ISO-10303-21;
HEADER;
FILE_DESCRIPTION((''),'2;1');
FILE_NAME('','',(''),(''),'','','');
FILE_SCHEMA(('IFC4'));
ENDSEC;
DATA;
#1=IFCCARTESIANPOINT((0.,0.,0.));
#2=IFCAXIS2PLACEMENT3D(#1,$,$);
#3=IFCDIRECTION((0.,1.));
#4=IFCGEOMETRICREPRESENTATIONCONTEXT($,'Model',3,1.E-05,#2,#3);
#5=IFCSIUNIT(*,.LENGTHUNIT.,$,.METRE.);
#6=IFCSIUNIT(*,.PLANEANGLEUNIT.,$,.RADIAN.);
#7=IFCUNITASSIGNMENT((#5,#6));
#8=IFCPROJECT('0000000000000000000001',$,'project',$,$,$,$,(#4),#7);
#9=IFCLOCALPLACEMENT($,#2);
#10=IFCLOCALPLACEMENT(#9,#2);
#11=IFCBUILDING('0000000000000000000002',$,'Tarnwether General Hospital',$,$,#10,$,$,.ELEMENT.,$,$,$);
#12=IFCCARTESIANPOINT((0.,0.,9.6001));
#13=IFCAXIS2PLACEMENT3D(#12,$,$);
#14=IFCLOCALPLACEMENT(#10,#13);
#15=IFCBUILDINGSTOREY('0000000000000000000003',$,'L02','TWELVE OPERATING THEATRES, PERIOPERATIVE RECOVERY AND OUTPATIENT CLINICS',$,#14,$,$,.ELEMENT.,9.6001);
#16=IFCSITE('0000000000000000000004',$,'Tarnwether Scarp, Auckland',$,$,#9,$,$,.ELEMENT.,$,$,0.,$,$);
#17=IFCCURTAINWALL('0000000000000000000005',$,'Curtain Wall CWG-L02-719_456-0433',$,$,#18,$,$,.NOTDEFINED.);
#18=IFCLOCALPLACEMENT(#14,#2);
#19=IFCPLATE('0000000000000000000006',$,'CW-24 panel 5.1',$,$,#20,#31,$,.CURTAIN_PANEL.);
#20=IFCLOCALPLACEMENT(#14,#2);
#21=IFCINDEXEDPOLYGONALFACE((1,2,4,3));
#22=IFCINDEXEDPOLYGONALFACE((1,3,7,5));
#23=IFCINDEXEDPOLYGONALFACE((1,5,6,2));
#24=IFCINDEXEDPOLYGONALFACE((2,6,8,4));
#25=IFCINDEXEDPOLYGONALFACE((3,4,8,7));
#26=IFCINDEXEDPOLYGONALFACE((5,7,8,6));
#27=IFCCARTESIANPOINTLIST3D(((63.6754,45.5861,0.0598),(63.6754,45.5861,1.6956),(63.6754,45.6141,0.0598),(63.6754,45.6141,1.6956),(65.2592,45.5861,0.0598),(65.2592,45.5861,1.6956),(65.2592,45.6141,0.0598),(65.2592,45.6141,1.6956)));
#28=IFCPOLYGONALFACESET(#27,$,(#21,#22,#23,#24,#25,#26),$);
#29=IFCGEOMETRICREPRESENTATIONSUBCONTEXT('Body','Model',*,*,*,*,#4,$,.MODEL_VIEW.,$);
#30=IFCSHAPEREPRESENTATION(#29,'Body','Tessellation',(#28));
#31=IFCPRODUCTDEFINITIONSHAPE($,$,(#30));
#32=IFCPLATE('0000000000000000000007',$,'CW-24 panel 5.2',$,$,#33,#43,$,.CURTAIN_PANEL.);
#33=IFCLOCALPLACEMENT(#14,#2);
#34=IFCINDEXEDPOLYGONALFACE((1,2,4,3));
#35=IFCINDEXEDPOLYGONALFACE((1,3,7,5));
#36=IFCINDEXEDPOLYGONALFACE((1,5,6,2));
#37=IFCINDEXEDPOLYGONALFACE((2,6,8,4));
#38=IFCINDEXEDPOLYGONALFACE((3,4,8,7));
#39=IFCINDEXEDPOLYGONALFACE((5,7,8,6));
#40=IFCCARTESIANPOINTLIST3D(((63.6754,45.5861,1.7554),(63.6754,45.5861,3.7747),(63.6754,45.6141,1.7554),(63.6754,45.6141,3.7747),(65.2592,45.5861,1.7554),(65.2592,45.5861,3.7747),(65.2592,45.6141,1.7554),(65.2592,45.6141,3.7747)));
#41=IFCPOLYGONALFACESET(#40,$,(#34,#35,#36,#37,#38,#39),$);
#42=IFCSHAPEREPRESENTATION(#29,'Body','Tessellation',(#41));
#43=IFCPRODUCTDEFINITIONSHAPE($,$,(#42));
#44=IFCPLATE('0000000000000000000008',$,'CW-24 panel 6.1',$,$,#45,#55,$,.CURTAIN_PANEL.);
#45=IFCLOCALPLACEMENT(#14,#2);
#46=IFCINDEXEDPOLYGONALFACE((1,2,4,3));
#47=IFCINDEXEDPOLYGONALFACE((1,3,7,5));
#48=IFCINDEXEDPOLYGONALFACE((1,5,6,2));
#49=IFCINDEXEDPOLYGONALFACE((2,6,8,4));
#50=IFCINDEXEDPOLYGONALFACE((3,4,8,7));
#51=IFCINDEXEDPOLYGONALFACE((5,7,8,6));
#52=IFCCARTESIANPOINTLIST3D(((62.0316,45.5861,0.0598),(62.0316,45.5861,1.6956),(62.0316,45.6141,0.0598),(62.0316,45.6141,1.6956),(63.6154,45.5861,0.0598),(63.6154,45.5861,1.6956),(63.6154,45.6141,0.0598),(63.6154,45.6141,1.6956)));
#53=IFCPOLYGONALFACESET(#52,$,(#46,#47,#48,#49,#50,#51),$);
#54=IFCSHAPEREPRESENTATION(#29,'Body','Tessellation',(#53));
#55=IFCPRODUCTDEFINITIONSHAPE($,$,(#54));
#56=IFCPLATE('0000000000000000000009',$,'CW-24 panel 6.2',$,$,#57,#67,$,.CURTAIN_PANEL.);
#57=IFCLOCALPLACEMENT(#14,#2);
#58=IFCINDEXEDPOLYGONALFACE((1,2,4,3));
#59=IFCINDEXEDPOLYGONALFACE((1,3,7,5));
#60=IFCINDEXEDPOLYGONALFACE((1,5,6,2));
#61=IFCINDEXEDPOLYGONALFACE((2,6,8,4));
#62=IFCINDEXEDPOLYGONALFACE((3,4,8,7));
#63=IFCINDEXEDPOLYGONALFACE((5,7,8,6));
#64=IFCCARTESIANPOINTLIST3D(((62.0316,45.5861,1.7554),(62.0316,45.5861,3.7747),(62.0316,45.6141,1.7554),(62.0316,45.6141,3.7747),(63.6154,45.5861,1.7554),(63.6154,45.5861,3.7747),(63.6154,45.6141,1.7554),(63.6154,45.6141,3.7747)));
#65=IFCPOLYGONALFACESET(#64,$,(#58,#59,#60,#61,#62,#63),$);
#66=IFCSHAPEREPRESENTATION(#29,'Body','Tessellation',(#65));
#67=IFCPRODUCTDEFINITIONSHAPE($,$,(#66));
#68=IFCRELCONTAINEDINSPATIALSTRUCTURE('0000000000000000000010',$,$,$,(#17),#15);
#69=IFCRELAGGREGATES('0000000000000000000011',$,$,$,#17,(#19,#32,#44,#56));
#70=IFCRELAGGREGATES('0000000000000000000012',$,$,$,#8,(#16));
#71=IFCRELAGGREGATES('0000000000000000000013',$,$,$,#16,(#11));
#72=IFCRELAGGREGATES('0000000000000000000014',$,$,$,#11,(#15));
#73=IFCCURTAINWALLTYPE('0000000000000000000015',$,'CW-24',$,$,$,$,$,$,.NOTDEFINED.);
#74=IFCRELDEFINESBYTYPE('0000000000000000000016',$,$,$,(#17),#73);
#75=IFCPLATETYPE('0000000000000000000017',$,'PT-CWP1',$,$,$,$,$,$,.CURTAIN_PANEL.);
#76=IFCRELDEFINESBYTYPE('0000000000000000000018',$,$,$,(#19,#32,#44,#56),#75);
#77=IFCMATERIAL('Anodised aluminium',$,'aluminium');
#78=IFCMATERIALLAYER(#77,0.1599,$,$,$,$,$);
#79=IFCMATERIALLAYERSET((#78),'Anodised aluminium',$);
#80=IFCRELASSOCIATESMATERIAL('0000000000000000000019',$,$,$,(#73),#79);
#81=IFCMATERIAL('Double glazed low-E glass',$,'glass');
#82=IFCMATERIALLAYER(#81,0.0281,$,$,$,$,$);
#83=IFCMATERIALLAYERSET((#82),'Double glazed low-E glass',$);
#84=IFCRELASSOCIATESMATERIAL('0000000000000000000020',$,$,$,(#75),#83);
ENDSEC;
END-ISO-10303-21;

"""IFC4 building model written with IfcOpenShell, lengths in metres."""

from ifc_helpers import new_model, si_unit, direction, frame, origin, origin_2d, place, context, subcontext, project, spatial, rectangle, extrude, material, layer, layer_set, type_object, element, aggregate, save


model = new_model("IFC4")

# Units and contexts
model_context = context("Model", 3, precision=1e-05, world=origin(), true_north=direction((0.0, 1.0)))
body_context = subcontext(model_context, "Body", "Model", "MODEL_VIEW")
ifc_project = project(units=[si_unit("LENGTHUNIT", "METRE"), si_unit("PLANEANGLEUNIT", "RADIAN")], contexts=[model_context])

# Site, building, storey
site_placement = place(None, origin())
site = spatial("IfcSite", under=ifc_project, at=site_placement, Name="Tarnwether Scarp, Auckland", CompositionType="ELEMENT", RefElevation=0.0)
building_placement = place(site_placement, origin())
building = spatial("IfcBuilding", under=site, at=building_placement, Name="Tarnwether General Hospital", CompositionType="ELEMENT")
storey_placement = place(building_placement, frame((0.0, 0.0, 9.6001)))
storey = spatial("IfcBuildingStorey", under=building, at=storey_placement, Name="L02", Description="TWELVE OPERATING THEATRES, PERIOPERATIVE RECOVERY AND OUTPATIENT CLINICS", CompositionType="ELEMENT", Elevation=9.6001)

# Curtain wall, plates
ifc_material_1 = material(Name="Anodised aluminium", Category="aluminium")
ifc_layer_1 = layer(ifc_material_1, 0.1599)
ifc_layer_set_1 = layer_set([ifc_layer_1], Name="Anodised aluminium")
curtain_wall_type = type_object("IfcCurtainWallType", Name="CW-24", PredefinedType="NOTDEFINED", material=ifc_layer_set_1)
curtain_wall_placement = place(storey_placement, origin())
curtain_wall = element("IfcCurtainWall", 1, at=curtain_wall_placement, inside=storey, type_object=curtain_wall_type, Name="Curtain Wall CWG-L02-719_456-0433", PredefinedType="NOTDEFINED")
ifc_material_2 = material(Name="Double glazed low-E glass", Category="glass")
ifc_layer_2 = layer(ifc_material_2, 0.0281)
ifc_layer_set_2 = layer_set([ifc_layer_2], Name="Double glazed low-E glass")
plate_type = type_object("IfcPlateType", Name="PT-CWP1", PredefinedType="CURTAIN_PANEL", material=ifc_layer_set_2)
plate_1_placement = place(storey_placement, frame((64.4673, 45.6001, 0.0598), z_axis=(0.0, 0.0, 1.0), x_axis=(-1.0, 0.0, 0.0)))
plate_1 = element("IfcPlate", 2, at=plate_1_placement, type_object=plate_type, Name="CW-24 panel 5.1", PredefinedType="CURTAIN_PANEL", context=body_context, shape_type="SweptSolid", body=[
    extrude(rectangle(XDim=1.5837, YDim=0.0281, at=origin_2d()), origin(), (0.0, 0.0, 1.0), 1.6357),
])
plate_2_placement = place(storey_placement, frame((64.4673, 45.6001, 1.7554), z_axis=(0.0, 0.0, 1.0), x_axis=(-1.0, 0.0, 0.0)))
plate_2 = element("IfcPlate", 3, at=plate_2_placement, type_object=plate_type, Name="CW-24 panel 5.2", PredefinedType="CURTAIN_PANEL", context=body_context, shape_type="SweptSolid", body=[
    extrude(rectangle(XDim=1.5837, YDim=0.0281, at=origin_2d()), origin(), (0.0, 0.0, 1.0), 2.0193),
])
plate_3_placement = place(storey_placement, frame((62.8235, 45.6001, 0.0598), z_axis=(0.0, 0.0, 1.0), x_axis=(-1.0, 0.0, 0.0)))
plate_3 = element("IfcPlate", 4, at=plate_3_placement, type_object=plate_type, Name="CW-24 panel 6.1", PredefinedType="CURTAIN_PANEL", context=body_context, shape_type="SweptSolid", body=[
    extrude(rectangle(XDim=1.5837, YDim=0.0281, at=origin_2d()), origin(), (0.0, 0.0, 1.0), 1.6357),
])
plate_4_placement = place(storey_placement, frame((62.8235, 45.6001, 1.7554), z_axis=(0.0, 0.0, 1.0), x_axis=(-1.0, 0.0, 0.0)))
plate_4 = element("IfcPlate", 5, at=plate_4_placement, type_object=plate_type, Name="CW-24 panel 6.2", PredefinedType="CURTAIN_PANEL", context=body_context, shape_type="SweptSolid", body=[
    extrude(rectangle(XDim=1.5837, YDim=0.0281, at=origin_2d()), origin(), (0.0, 0.0, 1.0), 2.0193),
])
aggregate(curtain_wall, [plate_1, plate_2, plate_3, plate_4])

save(model, "model.ifc")
